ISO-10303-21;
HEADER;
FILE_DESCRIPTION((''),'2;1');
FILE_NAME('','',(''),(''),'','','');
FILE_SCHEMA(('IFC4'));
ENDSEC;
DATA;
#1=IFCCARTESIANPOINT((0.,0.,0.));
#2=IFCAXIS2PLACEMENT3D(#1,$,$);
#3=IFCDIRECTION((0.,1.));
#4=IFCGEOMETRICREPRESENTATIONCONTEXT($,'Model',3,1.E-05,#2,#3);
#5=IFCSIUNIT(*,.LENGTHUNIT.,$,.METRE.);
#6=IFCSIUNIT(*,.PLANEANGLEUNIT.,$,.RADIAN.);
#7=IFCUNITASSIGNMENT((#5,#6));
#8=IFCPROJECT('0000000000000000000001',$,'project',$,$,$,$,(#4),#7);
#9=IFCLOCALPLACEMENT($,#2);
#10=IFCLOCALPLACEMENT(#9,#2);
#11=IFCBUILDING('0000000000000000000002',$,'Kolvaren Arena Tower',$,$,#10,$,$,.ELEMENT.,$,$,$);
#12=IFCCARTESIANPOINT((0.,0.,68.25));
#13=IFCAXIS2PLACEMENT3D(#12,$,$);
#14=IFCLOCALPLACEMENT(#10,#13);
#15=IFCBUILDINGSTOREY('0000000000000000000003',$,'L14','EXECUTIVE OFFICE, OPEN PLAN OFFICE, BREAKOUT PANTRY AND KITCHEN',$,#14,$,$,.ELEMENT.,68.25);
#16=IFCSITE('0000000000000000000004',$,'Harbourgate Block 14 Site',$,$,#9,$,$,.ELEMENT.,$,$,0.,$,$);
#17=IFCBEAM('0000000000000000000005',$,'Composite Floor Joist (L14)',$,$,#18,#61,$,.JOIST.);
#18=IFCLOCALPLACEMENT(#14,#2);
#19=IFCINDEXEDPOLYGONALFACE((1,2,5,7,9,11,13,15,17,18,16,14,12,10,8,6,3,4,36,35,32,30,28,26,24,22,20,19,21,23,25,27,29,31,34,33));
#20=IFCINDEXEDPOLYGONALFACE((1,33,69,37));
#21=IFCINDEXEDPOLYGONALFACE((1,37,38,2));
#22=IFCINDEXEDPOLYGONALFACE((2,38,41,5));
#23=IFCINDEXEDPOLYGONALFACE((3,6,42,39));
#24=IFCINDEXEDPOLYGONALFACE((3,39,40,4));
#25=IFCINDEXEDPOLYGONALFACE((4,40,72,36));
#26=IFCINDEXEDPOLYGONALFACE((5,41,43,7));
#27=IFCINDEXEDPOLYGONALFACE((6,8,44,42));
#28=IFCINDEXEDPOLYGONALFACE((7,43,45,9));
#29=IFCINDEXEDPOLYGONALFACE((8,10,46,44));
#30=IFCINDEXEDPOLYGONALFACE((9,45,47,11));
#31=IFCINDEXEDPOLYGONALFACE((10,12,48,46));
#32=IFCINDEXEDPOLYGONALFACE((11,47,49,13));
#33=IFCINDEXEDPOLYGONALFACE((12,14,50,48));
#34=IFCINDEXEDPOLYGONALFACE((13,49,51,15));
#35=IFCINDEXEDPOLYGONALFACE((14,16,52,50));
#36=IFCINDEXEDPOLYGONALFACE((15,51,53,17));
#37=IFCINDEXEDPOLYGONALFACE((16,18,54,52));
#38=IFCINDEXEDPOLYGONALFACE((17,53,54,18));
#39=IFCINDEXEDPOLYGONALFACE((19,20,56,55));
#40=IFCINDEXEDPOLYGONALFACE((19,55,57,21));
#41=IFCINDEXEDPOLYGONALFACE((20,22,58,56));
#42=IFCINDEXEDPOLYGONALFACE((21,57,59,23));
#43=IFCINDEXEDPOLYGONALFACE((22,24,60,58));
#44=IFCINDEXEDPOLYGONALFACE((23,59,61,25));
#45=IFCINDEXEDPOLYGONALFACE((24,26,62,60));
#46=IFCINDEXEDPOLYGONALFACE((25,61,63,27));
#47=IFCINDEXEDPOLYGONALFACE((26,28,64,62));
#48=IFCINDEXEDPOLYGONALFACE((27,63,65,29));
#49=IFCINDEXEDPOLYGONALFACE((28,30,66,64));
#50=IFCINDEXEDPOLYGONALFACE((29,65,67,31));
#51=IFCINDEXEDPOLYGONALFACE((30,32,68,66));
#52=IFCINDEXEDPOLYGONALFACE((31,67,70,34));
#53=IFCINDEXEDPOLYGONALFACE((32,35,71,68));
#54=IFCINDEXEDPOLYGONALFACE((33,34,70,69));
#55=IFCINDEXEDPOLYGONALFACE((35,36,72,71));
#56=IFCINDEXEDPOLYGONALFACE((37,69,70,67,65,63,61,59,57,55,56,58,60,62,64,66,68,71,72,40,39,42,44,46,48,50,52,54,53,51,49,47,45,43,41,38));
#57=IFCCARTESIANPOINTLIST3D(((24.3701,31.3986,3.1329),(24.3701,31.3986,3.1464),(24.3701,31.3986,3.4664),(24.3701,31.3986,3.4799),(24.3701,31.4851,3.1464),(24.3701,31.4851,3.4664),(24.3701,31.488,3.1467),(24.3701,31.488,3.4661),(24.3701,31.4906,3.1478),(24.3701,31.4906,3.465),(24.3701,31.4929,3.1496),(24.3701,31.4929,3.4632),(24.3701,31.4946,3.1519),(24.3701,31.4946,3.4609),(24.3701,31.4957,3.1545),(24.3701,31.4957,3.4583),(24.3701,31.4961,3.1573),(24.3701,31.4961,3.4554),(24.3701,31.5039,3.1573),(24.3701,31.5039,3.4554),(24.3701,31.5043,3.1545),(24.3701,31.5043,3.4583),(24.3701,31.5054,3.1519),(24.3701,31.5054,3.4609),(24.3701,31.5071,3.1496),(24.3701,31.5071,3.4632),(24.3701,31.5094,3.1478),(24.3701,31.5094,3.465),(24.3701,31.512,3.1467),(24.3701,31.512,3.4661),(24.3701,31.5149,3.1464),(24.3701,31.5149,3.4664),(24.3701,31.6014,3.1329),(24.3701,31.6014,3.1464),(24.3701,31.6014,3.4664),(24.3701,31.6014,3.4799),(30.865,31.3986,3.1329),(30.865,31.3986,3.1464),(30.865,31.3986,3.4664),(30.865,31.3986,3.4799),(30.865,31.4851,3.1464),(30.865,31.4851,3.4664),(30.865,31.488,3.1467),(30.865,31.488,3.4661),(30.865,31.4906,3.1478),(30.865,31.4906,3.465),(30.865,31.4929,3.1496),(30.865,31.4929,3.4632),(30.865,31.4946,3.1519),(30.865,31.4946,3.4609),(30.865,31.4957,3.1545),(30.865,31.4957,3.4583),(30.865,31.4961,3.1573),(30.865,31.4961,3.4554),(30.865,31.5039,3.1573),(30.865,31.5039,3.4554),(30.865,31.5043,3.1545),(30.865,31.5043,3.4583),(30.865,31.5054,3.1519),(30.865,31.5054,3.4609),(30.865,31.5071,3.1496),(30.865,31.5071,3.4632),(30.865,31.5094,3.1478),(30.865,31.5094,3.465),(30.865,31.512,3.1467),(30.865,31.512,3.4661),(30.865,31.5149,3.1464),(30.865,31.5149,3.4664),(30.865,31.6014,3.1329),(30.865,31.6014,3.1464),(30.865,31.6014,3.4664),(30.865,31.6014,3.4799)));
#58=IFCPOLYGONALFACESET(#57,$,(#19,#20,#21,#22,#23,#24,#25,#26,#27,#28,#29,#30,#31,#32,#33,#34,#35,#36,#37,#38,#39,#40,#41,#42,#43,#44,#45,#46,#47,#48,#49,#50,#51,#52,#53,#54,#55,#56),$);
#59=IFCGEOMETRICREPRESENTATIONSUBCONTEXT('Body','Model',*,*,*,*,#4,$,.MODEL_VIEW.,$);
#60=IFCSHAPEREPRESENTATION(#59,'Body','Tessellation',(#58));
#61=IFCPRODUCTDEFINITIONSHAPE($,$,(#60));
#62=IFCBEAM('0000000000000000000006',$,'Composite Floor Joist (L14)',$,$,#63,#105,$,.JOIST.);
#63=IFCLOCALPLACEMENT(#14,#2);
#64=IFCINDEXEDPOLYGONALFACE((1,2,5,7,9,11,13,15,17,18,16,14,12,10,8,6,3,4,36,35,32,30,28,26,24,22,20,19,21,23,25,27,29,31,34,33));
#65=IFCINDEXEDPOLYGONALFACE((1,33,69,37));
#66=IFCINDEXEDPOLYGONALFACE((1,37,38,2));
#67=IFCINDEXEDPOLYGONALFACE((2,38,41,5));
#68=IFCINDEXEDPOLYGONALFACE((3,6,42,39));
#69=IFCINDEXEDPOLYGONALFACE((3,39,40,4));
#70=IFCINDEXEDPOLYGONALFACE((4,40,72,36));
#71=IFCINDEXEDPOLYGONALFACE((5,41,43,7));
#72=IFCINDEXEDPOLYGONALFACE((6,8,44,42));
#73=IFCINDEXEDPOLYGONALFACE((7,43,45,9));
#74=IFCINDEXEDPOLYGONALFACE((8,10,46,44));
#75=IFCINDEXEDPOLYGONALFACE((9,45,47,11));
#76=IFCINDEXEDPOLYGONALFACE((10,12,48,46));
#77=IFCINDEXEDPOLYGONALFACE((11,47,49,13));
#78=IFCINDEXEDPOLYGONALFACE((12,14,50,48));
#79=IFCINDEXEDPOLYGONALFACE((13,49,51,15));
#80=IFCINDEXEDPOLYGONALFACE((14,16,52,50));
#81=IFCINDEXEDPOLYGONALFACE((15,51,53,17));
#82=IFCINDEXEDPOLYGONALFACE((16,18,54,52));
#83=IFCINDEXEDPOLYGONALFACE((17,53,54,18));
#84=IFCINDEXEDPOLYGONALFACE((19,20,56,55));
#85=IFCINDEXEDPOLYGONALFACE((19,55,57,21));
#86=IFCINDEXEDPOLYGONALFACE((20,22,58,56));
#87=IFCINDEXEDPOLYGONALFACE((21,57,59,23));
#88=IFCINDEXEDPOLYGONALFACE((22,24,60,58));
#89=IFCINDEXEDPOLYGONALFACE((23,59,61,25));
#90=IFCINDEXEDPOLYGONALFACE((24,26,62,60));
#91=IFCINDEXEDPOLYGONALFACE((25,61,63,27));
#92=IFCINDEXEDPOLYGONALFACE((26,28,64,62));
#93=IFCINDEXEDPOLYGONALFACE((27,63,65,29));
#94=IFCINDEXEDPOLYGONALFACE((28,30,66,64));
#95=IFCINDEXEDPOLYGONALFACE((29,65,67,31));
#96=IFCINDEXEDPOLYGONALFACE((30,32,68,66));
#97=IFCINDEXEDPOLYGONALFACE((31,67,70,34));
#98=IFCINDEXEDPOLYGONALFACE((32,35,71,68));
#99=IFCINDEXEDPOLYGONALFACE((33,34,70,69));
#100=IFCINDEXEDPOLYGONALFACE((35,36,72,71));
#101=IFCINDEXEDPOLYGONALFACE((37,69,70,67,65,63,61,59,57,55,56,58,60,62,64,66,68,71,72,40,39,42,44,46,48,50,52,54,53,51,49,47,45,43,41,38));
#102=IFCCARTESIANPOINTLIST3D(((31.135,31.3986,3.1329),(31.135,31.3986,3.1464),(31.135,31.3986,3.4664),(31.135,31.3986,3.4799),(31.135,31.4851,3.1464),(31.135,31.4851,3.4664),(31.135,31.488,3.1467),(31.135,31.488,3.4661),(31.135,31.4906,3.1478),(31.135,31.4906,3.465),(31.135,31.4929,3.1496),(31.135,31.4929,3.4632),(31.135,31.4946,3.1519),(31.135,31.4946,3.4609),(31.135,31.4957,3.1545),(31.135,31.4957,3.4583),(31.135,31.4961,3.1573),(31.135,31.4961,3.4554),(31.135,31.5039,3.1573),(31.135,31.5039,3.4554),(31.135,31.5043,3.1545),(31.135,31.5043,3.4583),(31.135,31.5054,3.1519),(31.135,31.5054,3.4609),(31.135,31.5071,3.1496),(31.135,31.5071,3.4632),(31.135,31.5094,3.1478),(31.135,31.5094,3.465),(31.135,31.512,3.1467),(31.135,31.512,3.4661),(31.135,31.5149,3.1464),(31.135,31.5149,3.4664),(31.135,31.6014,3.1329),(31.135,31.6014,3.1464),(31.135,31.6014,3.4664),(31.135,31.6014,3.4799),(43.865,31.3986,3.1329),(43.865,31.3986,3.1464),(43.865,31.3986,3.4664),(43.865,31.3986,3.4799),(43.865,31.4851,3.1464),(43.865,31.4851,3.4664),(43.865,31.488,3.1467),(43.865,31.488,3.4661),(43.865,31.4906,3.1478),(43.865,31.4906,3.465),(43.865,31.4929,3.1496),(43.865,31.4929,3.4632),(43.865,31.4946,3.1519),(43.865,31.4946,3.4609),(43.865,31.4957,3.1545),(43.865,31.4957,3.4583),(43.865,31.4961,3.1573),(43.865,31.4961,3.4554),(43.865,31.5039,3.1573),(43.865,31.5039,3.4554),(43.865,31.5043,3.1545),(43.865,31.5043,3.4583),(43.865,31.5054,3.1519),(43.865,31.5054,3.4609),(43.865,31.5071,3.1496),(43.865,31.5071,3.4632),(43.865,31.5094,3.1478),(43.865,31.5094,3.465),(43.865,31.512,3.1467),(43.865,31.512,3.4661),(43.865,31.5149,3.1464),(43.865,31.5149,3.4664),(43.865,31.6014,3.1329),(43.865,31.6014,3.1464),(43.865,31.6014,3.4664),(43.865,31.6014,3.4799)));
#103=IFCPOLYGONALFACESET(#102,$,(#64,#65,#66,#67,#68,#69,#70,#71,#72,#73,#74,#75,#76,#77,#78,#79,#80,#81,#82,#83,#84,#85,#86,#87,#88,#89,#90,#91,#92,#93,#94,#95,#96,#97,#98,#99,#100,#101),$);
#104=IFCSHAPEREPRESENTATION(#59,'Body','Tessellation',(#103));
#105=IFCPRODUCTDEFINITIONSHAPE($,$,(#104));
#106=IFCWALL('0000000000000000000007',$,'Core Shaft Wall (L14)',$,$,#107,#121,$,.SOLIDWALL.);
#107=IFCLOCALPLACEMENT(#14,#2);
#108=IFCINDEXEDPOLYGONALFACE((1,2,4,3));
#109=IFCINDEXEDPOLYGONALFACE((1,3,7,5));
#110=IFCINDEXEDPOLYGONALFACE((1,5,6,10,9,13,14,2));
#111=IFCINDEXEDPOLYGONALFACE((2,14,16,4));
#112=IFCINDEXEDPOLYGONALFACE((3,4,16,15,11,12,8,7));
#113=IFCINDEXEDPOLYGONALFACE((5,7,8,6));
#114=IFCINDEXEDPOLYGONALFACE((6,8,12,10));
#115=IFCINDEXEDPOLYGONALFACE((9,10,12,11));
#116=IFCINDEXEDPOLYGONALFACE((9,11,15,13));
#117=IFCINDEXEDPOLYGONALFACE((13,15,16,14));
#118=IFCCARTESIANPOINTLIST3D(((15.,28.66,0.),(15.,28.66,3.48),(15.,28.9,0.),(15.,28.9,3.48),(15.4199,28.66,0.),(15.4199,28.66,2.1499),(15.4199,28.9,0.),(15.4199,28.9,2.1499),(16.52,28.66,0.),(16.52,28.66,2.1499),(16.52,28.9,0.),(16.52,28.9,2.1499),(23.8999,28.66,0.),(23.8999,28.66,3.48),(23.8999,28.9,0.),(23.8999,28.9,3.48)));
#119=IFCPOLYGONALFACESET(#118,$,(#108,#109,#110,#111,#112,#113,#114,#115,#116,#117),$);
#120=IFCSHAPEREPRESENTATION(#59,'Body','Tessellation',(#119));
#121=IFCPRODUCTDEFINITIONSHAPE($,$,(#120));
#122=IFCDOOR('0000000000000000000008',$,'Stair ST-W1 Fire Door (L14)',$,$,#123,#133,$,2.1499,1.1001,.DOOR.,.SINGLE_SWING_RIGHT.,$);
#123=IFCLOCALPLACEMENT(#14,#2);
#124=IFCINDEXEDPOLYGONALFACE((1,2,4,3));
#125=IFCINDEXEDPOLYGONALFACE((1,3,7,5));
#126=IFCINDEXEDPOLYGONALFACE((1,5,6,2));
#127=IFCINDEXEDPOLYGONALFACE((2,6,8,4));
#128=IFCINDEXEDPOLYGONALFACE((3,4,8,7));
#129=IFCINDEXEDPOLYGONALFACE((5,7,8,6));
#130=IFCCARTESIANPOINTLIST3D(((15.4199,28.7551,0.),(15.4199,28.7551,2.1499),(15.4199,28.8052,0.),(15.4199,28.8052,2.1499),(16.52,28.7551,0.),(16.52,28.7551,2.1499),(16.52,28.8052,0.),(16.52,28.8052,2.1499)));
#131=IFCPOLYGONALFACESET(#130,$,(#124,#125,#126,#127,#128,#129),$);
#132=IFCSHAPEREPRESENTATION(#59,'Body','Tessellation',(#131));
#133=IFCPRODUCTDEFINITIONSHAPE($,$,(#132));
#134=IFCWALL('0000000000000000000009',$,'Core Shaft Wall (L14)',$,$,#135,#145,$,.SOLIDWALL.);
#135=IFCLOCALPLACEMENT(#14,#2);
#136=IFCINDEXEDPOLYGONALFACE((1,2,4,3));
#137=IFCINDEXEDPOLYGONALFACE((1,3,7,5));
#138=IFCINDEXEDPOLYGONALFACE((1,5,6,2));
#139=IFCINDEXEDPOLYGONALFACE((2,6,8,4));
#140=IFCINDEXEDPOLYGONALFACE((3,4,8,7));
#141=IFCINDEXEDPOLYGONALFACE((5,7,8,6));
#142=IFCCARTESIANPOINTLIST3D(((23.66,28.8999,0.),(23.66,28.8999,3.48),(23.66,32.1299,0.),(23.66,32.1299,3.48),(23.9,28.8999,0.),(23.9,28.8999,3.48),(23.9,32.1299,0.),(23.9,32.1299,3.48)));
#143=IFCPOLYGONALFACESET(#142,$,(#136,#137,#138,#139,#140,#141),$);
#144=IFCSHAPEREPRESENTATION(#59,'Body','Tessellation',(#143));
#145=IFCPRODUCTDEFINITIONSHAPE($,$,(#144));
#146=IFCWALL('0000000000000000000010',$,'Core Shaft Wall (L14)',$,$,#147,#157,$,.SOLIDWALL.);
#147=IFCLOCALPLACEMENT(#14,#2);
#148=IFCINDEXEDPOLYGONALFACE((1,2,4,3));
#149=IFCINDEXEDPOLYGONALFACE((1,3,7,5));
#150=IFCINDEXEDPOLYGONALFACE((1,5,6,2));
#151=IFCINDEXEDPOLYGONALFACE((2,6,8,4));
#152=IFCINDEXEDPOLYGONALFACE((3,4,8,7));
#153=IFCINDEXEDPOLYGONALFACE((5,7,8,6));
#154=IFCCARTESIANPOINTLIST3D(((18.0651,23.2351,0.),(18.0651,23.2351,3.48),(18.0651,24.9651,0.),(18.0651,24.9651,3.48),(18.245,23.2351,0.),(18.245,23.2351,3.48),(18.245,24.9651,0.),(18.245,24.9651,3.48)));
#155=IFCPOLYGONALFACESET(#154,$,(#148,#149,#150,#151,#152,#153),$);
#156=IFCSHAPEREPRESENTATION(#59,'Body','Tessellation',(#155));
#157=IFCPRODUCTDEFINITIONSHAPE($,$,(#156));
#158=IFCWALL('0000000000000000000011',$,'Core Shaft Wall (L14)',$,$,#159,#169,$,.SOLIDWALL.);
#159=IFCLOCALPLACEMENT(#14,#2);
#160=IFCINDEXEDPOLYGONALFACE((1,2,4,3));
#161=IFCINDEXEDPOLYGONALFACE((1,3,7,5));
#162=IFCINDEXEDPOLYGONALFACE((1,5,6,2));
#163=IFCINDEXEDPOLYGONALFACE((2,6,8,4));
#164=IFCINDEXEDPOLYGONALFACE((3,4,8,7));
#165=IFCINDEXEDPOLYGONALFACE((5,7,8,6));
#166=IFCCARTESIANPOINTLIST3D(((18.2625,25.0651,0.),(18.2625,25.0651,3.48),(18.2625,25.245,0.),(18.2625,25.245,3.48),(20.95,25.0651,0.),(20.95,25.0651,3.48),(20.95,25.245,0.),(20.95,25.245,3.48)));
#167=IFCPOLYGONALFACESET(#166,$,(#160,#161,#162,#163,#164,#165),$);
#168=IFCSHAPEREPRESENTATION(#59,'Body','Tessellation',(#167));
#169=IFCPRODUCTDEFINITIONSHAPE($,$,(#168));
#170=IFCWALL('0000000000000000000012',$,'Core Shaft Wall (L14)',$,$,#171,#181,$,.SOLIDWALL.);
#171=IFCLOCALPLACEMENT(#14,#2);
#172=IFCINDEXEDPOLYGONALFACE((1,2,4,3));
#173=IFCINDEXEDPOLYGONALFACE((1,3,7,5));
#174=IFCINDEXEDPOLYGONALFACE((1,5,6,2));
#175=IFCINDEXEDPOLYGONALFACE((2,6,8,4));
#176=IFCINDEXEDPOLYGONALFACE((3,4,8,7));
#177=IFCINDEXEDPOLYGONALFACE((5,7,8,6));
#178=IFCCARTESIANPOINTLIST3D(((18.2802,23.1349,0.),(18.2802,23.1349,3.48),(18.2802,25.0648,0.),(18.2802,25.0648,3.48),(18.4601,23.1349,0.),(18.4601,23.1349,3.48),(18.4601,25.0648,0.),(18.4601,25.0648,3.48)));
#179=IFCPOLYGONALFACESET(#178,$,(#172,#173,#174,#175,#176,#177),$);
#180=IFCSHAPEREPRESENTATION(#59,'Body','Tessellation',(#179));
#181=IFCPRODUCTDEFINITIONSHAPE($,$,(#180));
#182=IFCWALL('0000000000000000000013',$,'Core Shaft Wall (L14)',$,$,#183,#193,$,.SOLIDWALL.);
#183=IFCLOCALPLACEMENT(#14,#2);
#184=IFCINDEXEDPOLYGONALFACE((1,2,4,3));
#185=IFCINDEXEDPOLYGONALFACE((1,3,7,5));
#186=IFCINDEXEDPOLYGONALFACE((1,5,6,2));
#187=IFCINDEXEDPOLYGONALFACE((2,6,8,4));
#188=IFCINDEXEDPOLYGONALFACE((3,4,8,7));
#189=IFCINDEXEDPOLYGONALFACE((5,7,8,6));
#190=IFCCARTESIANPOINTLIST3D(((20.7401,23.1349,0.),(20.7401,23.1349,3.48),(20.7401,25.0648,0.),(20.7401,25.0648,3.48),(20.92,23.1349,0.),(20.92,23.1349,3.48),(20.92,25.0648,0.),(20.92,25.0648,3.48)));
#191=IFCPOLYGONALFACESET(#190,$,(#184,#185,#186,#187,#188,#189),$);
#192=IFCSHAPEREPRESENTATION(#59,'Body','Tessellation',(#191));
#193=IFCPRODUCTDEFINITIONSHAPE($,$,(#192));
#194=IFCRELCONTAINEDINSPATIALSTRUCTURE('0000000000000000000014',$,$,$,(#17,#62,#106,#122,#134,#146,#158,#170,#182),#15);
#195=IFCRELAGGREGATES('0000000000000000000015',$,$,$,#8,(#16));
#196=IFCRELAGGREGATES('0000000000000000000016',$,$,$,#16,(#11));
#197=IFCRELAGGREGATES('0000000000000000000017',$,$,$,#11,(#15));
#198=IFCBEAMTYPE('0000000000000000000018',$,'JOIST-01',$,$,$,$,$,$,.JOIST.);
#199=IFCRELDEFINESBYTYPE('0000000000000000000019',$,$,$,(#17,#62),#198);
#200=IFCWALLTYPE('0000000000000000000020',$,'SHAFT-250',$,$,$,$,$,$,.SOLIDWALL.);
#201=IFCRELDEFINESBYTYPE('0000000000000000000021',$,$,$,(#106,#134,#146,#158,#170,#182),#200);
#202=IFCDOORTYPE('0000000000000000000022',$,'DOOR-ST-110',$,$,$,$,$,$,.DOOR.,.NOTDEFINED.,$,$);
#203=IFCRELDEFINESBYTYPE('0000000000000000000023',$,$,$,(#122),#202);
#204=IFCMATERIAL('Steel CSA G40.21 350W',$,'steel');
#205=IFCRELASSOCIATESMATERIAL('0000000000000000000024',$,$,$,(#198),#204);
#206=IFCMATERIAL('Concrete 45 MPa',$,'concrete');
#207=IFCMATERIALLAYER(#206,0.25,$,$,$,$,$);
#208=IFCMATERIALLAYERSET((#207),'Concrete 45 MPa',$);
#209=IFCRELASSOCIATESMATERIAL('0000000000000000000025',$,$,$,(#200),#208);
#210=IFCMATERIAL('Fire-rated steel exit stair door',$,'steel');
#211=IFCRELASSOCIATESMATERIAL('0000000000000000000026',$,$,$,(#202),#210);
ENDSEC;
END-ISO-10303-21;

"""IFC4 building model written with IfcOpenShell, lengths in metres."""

from ifc_helpers import new_model, si_unit, direction, frame, frame_2d, origin, origin_2d, place, context, subcontext, project, spatial, rectangle, i_section, extrude, material, layer, layer_set, material_profile, profile_set, type_object, element, fill, save


model = new_model("IFC4")

# Units and contexts
model_context = context("Model", 3, precision=1e-05, world=origin(), true_north=direction((0.0, 1.0)))
body_context = subcontext(model_context, "Body", "Model", "MODEL_VIEW")
ifc_project = project(units=[si_unit("LENGTHUNIT", "METRE"), si_unit("PLANEANGLEUNIT", "RADIAN")], contexts=[model_context])

# Site, building, storey
site_placement = place(None, origin())
site = spatial("IfcSite", under=ifc_project, at=site_placement, Name="Harbourgate Block 14 Site", CompositionType="ELEMENT", RefElevation=0.0)
building_placement = place(site_placement, origin())
building = spatial("IfcBuilding", under=site, at=building_placement, Name="Kolvaren Arena Tower", CompositionType="ELEMENT")
storey_placement = place(building_placement, frame((0.0, 0.0, 68.25)))
storey = spatial("IfcBuildingStorey", under=building, at=storey_placement, Name="L14", Description="EXECUTIVE OFFICE, OPEN PLAN OFFICE, BREAKOUT PANTRY AND KITCHEN", CompositionType="ELEMENT", Elevation=68.25)

# Beams
ifc_material_1 = material(Name="Steel CSA G40.21 350W", Category="steel")
ifc_material_profile_1 = material_profile(ifc_material_1, i_section(OverallWidth=0.2029, OverallDepth=0.3469, WebThickness=0.0078, FlangeThickness=0.0134, FilletRadius=0.011, at=origin_2d()), Name="W360x64")
ifc_profile_set_1 = profile_set([ifc_material_profile_1], Name="Steel CSA G40.21 350W")
beam_type_1 = type_object("IfcBeamType", Name="JOIST-01", PredefinedType="JOIST", material=ifc_profile_set_1)
for number, where, z_axis, x_axis, name in (
    (1, (24.3701, 31.5, 3.3064), (1.0, 0.0, 0.0), (0.0, 1.0, 0.0), "Composite Floor Joist (L14)"),
):
    element("IfcBeam", number, at=place(storey_placement, frame(where, z_axis=z_axis, x_axis=x_axis)), inside=storey, type_object=beam_type_1, Name=name, PredefinedType="JOIST", context=body_context, shape_type="SweptSolid", body=[
        extrude(i_section(OverallWidth=0.2029, OverallDepth=0.3469, WebThickness=0.0078, FlangeThickness=0.0134, FilletRadius=0.011, at=origin_2d()), origin(), (0.0, 0.0, 1.0), 6.4949),
    ])
beam_1_placement = place(storey_placement, frame((31.135, 31.5, 3.3064), z_axis=(1.0, 0.0, 0.0), x_axis=(0.0, 1.0, 0.0)))
element("IfcBeam", 2, at=beam_1_placement, inside=storey, type_object=beam_type_1, Name="Composite Floor Joist (L14)", PredefinedType="JOIST", context=body_context, shape_type="SweptSolid", body=[
    extrude(i_section(OverallWidth=0.2029, OverallDepth=0.3469, WebThickness=0.0078, FlangeThickness=0.0134, FilletRadius=0.011, at=origin_2d()), origin(), (0.0, 0.0, 1.0), 12.73),
])

# Wall, opening, door
ifc_material_2 = material(Name="Concrete 45 MPa", Category="concrete")
ifc_layer = layer(ifc_material_2, 0.25)
ifc_layer_set = layer_set([ifc_layer], Name="Concrete 45 MPa")
wall_type = type_object("IfcWallType", Name="SHAFT-250", PredefinedType="SOLIDWALL", material=ifc_layer_set)
wall_1_placement = place(storey_placement, frame((23.8999, 28.78, 0.0), z_axis=(0.0, 0.0, 1.0), x_axis=(-1.0, 0.0, 0.0)))
wall_1 = element("IfcWall", 3, at=wall_1_placement, inside=storey, type_object=wall_type, Name="Core Shaft Wall (L14)", PredefinedType="SOLIDWALL", context=body_context, shape_type="SweptSolid", body=[
    extrude(rectangle(XDim=8.8999, YDim=0.24, at=frame_2d((4.45, 0.0))), origin(), (0.0, 0.0, 1.0), 3.48),
])
opening_placement = place(wall_1_placement, frame((7.3799, 0.0, 0.0)))
opening = element("IfcOpeningElement", 4, at=opening_placement, cuts=wall_1, PredefinedType="OPENING", context=body_context, shape_type="SweptSolid", body=[
    extrude(rectangle(XDim=1.1001, YDim=2.1499, at=frame_2d((0.55, 1.075))), frame((0.0, 0.1299, 0.0), z_axis=(0.0, -1.0, 0.0), x_axis=(1.0, 0.0, 0.0)), (0.0, 0.0, 1.0), 0.26),
])
ifc_material_3 = material(Name="Fire-rated steel exit stair door", Category="steel")
door_type = type_object("IfcDoorType", Name="DOOR-ST-110", OperationType="NOTDEFINED", PredefinedType="DOOR", material=ifc_material_3)
door_placement = place(opening_placement, origin())
door = element("IfcDoor", 5, at=door_placement, inside=storey, type_object=door_type, Name="Stair ST-W1 Fire Door (L14)", OperationType="SINGLE_SWING_RIGHT", OverallHeight=2.1499, OverallWidth=1.1001, PredefinedType="DOOR", context=body_context, shape_type="SweptSolid", body=[
    extrude(rectangle(XDim=1.1001, YDim=2.1499, at=frame_2d((0.55, 1.075))), frame((0.0, 0.0249, 0.0), z_axis=(0.0, -1.0, 0.0), x_axis=(1.0, 0.0, 0.0)), (0.0, 0.0, 1.0), 0.05),
])
fill(opening, door)

# Walls
wall_2_placement = place(storey_placement, frame((23.78, 28.8999, 0.0), z_axis=(0.0, 0.0, 1.0), x_axis=(0.0, 1.0, 0.0)))
element("IfcWall", 6, at=wall_2_placement, inside=storey, type_object=wall_type, Name="Core Shaft Wall (L14)", PredefinedType="SOLIDWALL", context=body_context, shape_type="SweptSolid", body=[
    extrude(rectangle(XDim=3.23, YDim=0.24, at=frame_2d((1.615, 0.0))), origin(), (0.0, 0.0, 1.0), 3.48),
])
wall_3_placement = place(storey_placement, frame((18.155, 23.2351, 0.0), z_axis=(0.0, 0.0, 1.0), x_axis=(0.0, 1.0, 0.0)))
element("IfcWall", 7, at=wall_3_placement, inside=storey, type_object=wall_type, Name="Core Shaft Wall (L14)", PredefinedType="SOLIDWALL", context=body_context, shape_type="SweptSolid", body=[
    extrude(rectangle(XDim=1.73, YDim=0.1799, at=frame_2d((0.865, 0.0))), origin(), (0.0, 0.0, 1.0), 3.48),
])
wall_4_placement = place(storey_placement, frame((18.2625, 25.155, 0.0), z_axis=(0.0, 0.0, 1.0), x_axis=(1.0, 0.0, 0.0)))
element("IfcWall", 8, at=wall_4_placement, inside=storey, type_object=wall_type, Name="Core Shaft Wall (L14)", PredefinedType="SOLIDWALL", context=body_context, shape_type="SweptSolid", body=[
    extrude(rectangle(XDim=2.6875, YDim=0.1799, at=frame_2d((1.3438, 0.0))), origin(), (0.0, 0.0, 1.0), 3.48),
])
for number, where, z_axis, x_axis, name in (
    (9, (18.3701, 23.135, 0.0), (0.0, 0.0, 1.0), (0.0, 1.0, 0.0), "Core Shaft Wall (L14)"),
    (10, (20.8301, 23.135, 0.0), (0.0, 0.0, 1.0), (0.0, 1.0, 0.0), "Core Shaft Wall (L14)"),
):
    element("IfcWall", number, at=place(storey_placement, frame(where, z_axis=z_axis, x_axis=x_axis)), inside=storey, type_object=wall_type, Name=name, PredefinedType="SOLIDWALL", context=body_context, shape_type="SweptSolid", body=[
        extrude(rectangle(XDim=1.9299, YDim=0.1799, at=frame_2d((0.9648, 0.0))), origin(), (0.0, 0.0, 1.0), 3.48),
    ])

save(model, "model.ifc")
